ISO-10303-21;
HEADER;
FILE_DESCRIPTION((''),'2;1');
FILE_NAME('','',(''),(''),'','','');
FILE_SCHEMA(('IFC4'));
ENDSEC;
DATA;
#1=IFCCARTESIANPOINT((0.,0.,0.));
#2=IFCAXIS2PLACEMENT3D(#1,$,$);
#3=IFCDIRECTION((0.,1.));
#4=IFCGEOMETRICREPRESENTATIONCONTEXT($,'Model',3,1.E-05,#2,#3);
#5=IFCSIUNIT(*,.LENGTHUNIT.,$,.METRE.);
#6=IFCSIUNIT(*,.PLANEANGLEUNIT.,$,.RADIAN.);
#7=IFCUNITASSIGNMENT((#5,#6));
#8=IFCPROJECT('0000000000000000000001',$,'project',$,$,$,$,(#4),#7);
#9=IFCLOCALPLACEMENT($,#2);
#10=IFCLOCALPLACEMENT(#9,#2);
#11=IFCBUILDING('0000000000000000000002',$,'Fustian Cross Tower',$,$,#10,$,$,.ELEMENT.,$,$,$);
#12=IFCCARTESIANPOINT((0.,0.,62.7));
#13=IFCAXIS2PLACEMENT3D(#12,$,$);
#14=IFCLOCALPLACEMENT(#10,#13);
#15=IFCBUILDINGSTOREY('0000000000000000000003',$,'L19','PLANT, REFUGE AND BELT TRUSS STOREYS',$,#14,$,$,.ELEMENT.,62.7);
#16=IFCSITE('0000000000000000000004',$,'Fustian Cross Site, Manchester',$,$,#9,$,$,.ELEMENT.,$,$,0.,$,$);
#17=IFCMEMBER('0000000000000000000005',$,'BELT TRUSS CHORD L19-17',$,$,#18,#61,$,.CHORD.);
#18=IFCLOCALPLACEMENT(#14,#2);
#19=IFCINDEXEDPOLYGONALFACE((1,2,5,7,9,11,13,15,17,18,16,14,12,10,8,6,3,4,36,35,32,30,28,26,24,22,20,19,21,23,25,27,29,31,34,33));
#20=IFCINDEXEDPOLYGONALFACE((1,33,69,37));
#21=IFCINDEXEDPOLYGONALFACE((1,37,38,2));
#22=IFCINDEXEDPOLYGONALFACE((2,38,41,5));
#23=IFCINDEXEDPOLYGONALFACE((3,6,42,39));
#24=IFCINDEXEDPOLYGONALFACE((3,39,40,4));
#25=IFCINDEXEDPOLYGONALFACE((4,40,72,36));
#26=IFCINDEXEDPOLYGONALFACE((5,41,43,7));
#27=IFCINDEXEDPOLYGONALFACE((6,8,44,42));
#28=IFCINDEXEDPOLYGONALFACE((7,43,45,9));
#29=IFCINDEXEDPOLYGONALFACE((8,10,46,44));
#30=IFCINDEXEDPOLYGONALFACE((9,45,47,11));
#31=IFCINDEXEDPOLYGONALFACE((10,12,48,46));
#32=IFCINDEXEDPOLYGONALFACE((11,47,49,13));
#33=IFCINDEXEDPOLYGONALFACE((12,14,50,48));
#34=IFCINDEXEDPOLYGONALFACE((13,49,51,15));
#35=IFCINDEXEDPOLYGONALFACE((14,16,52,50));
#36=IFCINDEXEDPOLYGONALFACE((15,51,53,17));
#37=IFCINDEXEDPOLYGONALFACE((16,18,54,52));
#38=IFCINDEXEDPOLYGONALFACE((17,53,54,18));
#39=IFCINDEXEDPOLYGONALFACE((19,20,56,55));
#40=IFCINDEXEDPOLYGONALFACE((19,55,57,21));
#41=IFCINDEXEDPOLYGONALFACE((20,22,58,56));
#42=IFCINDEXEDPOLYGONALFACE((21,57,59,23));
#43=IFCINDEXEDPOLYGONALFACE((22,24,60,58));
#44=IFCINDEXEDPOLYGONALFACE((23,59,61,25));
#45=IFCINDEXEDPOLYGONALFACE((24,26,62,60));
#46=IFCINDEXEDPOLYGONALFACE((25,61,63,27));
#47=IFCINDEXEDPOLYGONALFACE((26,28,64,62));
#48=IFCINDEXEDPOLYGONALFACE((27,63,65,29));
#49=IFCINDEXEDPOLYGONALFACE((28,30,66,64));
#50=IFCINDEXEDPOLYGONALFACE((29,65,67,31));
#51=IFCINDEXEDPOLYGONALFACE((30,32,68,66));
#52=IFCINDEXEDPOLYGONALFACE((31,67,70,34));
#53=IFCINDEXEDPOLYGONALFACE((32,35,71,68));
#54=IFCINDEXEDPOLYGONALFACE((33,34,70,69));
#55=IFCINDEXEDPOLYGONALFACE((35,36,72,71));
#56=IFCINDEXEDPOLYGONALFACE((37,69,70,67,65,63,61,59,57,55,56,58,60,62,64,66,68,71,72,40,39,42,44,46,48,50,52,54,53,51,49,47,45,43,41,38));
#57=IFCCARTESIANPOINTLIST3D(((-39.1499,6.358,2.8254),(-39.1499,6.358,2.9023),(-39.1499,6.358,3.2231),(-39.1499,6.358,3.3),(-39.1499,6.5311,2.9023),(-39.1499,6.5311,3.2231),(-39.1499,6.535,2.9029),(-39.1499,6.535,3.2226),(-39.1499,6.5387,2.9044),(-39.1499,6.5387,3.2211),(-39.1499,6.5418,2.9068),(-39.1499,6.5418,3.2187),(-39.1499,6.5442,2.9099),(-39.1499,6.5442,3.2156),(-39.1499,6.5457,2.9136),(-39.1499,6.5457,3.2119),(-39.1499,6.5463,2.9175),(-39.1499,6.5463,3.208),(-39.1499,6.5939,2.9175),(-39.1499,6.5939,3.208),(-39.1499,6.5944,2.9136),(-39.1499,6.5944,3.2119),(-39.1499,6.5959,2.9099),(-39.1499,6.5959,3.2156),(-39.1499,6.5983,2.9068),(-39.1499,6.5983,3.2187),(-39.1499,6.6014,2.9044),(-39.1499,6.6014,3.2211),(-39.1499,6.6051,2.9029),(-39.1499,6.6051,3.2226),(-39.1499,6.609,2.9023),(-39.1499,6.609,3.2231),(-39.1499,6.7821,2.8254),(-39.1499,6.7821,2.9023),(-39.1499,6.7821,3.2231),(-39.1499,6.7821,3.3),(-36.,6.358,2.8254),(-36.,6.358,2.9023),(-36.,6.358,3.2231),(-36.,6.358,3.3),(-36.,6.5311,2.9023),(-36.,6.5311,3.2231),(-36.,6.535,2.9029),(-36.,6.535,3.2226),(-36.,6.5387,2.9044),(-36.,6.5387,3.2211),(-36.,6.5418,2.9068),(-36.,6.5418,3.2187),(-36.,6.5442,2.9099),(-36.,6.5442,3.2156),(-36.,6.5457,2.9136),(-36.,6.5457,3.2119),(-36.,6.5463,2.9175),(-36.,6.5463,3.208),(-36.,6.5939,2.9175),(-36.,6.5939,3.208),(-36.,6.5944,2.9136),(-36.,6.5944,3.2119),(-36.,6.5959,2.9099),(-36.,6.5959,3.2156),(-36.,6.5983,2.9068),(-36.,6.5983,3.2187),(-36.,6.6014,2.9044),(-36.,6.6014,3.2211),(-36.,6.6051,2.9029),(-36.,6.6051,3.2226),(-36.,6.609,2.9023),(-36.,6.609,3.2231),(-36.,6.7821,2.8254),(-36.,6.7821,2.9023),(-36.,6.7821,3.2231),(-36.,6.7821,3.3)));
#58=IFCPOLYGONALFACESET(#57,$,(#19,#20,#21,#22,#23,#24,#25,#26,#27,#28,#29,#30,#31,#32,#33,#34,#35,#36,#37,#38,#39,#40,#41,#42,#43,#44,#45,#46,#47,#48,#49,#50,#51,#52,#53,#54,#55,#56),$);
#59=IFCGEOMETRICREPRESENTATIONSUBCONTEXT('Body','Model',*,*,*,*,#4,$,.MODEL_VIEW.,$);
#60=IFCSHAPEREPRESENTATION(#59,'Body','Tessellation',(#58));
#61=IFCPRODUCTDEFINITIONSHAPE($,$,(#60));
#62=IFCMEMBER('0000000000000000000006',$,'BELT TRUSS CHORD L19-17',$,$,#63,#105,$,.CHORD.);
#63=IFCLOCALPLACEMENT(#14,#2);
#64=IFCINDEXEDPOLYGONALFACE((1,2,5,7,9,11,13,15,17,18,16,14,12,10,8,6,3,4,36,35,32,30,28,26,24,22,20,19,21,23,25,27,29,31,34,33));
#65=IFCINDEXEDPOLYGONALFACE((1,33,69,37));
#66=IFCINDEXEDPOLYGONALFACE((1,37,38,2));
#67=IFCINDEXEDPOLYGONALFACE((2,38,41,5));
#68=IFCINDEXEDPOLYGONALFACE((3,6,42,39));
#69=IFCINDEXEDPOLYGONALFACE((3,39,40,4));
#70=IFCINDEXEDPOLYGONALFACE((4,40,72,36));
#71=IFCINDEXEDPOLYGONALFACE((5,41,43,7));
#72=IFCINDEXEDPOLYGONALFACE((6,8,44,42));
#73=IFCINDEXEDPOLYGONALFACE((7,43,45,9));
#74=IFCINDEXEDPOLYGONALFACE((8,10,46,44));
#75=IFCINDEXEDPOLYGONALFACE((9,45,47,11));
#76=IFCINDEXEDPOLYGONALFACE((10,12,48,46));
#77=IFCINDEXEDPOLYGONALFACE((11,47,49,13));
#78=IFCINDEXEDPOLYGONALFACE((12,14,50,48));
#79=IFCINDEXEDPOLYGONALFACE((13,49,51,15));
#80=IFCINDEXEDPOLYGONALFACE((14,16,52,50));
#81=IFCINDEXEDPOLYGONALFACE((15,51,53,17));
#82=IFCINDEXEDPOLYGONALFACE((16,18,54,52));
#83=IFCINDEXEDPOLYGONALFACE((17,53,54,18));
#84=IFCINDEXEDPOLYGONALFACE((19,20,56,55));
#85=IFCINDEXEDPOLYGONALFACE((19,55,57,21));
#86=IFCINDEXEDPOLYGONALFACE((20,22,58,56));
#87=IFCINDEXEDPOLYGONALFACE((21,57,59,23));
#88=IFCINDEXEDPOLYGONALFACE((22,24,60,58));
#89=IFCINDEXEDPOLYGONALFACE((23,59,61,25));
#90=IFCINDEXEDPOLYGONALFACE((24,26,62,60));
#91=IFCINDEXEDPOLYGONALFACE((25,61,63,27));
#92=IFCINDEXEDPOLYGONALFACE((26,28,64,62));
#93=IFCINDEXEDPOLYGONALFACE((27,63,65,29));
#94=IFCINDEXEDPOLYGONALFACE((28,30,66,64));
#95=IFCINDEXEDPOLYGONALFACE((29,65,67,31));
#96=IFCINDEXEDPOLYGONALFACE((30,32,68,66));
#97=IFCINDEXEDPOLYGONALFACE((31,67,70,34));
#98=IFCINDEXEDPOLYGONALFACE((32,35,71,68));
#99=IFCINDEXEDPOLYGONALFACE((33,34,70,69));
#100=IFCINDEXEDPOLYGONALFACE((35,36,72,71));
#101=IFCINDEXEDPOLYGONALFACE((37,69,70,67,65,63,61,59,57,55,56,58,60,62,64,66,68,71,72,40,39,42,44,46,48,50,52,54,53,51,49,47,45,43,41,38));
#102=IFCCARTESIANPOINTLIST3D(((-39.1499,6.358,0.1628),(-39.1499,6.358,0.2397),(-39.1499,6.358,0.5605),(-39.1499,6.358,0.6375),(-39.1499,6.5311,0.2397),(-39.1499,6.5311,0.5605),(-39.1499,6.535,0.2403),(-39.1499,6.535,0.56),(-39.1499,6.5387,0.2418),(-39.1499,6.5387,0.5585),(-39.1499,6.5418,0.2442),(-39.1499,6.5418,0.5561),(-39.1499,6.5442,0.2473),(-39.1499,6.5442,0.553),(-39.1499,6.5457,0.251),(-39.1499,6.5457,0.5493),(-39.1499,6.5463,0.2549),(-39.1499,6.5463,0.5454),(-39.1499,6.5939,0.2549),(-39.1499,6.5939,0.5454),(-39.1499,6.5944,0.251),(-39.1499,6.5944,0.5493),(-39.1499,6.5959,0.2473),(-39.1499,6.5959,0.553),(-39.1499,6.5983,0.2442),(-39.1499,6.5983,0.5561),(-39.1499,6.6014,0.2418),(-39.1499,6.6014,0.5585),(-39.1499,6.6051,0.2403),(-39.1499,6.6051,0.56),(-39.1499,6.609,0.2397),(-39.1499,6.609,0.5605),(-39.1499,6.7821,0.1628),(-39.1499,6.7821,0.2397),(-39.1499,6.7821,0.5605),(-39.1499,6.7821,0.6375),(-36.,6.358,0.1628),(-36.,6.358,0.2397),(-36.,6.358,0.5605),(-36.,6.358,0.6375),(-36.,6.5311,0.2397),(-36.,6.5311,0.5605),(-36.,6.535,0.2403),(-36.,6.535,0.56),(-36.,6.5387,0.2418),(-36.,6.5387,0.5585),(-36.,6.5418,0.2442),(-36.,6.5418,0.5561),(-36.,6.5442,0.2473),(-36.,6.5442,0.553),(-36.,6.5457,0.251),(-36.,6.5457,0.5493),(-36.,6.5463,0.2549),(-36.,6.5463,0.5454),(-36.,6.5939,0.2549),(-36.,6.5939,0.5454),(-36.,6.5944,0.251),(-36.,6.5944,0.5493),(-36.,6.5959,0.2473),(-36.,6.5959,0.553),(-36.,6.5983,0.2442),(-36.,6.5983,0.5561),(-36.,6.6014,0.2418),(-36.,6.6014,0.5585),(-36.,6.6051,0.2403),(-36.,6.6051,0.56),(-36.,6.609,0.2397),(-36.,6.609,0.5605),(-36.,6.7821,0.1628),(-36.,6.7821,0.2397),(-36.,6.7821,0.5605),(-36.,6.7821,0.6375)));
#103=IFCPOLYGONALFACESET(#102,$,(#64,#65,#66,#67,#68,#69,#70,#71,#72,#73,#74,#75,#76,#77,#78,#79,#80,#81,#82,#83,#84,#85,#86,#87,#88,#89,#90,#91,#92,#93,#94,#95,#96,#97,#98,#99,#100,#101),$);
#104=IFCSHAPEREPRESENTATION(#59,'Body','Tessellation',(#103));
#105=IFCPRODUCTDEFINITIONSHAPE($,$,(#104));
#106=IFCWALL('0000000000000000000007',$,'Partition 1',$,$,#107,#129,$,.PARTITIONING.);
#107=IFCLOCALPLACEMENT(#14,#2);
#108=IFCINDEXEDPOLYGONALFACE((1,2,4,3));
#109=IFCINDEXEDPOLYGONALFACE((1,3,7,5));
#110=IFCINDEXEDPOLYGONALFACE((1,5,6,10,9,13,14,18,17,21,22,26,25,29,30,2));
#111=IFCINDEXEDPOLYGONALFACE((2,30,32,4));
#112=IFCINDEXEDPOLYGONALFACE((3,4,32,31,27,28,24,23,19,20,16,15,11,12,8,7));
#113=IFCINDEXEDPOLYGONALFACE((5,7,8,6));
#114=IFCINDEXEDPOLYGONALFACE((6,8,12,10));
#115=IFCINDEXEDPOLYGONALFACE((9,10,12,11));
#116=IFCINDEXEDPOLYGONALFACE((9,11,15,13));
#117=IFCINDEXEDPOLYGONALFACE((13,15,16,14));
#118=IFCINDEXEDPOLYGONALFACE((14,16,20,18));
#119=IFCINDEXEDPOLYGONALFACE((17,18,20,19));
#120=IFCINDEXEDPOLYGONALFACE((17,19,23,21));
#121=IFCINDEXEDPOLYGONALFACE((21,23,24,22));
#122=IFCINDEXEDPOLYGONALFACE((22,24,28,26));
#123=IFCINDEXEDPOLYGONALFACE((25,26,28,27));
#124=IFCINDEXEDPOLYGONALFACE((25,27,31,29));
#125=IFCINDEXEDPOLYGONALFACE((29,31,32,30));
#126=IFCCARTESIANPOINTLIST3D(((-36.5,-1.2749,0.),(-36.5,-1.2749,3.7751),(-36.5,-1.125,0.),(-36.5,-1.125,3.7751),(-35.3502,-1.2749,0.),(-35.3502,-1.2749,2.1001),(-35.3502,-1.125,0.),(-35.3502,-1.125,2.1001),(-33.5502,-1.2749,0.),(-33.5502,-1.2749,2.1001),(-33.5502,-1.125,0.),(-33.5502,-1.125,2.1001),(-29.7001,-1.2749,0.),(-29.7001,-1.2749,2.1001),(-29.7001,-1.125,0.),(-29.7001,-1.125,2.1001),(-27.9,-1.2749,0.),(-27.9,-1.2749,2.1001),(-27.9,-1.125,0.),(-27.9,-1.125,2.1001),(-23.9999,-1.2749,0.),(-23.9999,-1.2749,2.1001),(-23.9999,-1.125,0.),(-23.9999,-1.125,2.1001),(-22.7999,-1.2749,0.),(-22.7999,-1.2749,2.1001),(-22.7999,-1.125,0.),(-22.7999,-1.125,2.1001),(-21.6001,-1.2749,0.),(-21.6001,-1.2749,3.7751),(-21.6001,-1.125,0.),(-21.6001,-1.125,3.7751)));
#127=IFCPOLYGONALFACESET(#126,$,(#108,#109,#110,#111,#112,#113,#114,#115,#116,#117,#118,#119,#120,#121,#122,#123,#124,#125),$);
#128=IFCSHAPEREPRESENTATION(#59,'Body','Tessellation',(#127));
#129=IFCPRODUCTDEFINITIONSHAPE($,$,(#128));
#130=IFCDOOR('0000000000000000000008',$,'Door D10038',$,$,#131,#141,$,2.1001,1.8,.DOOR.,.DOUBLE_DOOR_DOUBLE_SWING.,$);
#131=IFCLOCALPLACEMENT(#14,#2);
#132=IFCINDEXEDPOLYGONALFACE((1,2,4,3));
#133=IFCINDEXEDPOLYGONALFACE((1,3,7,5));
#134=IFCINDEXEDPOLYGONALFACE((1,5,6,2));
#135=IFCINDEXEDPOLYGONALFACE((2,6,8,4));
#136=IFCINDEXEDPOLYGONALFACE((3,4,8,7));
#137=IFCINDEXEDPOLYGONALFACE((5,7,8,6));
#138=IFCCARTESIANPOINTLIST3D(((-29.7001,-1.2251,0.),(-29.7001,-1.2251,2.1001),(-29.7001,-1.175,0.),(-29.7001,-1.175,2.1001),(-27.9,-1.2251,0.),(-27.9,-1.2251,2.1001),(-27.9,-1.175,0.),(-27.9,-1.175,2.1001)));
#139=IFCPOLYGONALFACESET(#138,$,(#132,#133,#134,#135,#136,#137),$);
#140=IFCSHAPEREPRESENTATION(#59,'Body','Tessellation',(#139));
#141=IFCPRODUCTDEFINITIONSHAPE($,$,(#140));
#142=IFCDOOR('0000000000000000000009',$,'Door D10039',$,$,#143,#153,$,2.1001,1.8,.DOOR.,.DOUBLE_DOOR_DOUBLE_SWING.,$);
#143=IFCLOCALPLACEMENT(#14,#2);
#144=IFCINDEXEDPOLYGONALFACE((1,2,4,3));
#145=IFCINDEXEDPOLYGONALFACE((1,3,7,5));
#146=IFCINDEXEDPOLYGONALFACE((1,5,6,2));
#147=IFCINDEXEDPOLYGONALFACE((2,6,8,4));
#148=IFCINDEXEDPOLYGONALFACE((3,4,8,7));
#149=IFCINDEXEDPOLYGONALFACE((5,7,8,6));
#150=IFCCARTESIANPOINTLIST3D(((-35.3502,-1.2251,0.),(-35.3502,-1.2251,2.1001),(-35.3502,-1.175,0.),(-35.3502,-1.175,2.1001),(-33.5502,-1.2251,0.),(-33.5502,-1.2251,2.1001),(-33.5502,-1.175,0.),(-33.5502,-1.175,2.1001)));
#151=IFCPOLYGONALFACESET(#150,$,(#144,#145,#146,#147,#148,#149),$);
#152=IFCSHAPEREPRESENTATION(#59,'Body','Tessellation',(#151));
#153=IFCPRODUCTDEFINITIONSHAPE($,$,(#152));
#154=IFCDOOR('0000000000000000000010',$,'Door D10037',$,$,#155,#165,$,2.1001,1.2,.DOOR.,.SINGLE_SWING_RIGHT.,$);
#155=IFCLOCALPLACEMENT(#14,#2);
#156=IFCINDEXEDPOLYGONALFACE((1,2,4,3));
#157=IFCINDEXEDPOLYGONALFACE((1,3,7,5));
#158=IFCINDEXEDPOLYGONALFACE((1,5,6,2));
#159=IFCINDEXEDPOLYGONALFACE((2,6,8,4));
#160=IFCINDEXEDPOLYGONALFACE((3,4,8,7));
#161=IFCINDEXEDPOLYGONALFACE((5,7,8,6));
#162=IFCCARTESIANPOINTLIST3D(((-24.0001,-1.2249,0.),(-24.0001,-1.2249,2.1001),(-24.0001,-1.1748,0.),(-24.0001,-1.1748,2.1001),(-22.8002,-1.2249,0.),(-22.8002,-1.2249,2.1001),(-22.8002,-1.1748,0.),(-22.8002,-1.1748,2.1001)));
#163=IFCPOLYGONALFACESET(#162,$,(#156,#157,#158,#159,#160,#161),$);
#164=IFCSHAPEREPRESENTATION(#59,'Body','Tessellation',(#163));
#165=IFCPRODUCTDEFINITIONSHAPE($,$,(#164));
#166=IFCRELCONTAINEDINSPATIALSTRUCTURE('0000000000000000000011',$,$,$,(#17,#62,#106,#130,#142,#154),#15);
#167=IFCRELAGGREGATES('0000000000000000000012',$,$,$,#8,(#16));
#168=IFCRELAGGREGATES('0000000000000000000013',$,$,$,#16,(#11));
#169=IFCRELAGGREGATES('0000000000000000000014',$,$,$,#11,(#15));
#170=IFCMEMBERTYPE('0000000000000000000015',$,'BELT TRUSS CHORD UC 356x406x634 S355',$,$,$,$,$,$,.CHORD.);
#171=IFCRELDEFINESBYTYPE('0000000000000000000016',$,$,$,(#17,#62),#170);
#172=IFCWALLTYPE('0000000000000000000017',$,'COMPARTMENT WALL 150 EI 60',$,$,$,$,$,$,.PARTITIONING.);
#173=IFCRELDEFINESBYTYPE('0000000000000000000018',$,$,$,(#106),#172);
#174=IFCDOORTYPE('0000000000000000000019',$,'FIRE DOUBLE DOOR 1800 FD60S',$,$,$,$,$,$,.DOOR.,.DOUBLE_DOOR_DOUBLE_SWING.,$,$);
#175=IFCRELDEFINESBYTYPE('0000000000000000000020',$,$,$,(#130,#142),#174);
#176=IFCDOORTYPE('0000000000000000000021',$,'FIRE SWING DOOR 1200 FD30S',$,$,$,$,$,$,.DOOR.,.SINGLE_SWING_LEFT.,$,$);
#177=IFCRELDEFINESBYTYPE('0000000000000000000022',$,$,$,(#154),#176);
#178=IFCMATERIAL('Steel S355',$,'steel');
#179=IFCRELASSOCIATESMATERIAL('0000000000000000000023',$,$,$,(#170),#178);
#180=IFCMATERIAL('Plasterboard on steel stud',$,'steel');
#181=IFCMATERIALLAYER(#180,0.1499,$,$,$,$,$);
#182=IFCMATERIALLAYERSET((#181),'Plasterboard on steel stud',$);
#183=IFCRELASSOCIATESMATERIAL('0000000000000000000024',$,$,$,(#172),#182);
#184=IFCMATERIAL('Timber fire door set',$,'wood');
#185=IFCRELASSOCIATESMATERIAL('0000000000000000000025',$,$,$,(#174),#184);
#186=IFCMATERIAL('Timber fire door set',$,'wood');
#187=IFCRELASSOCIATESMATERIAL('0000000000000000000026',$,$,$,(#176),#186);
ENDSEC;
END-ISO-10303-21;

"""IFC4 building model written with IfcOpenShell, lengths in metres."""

from ifc_helpers import new_model, si_unit, direction, frame, frame_2d, origin, origin_2d, place, context, subcontext, project, spatial, rectangle, i_section, extrude, material, layer, layer_set, material_profile, profile_set, type_object, element, fill, save


model = new_model("IFC4")

# Units and contexts
model_context = context("Model", 3, precision=1e-05, world=origin(), true_north=direction((0.0, 1.0)))
body_context = subcontext(model_context, "Body", "Model", "MODEL_VIEW")
ifc_project = project(units=[si_unit("LENGTHUNIT", "METRE"), si_unit("PLANEANGLEUNIT", "RADIAN")], contexts=[model_context])

# Site, building, storey
site_placement = place(None, origin())
site = spatial("IfcSite", under=ifc_project, at=site_placement, Name="Fustian Cross Site, Manchester", CompositionType="ELEMENT", RefElevation=0.0)
building_placement = place(site_placement, origin())
building = spatial("IfcBuilding", under=site, at=building_placement, Name="Fustian Cross Tower", CompositionType="ELEMENT")
storey_placement = place(building_placement, frame((0.0, 0.0, 62.7)))
storey = spatial("IfcBuildingStorey", under=building, at=storey_placement, Name="L19", Description="PLANT, REFUGE AND BELT TRUSS STOREYS", CompositionType="ELEMENT", Elevation=62.7)

# Members
ifc_material_1 = material(Name="Steel S355", Category="steel")
ifc_material_profile_1 = material_profile(ifc_material_1, i_section(OverallWidth=0.4241, OverallDepth=0.4746, WebThickness=0.0476, FlangeThickness=0.0769, FilletRadius=0.0151, at=origin_2d()), Name="UC 356x406x634")
ifc_profile_set_1 = profile_set([ifc_material_profile_1], Name="Steel S355")
member_type_1 = type_object("IfcMemberType", Name="BELT TRUSS CHORD UC 356x406x634 S355", PredefinedType="CHORD", material=ifc_profile_set_1)
for number, where, z_axis, x_axis, name in (
    (1, (-36.0, 6.5701, 3.0627), (-1.0, 0.0, 0.0), (0.0, -1.0, 0.0), "BELT TRUSS CHORD L19-17"),
    (2, (-36.0, 6.5701, 0.4001), (-1.0, 0.0, 0.0), (0.0, -1.0, 0.0), "BELT TRUSS CHORD L19-17"),
):
    element("IfcMember", number, at=place(storey_placement, frame(where, z_axis=z_axis, x_axis=x_axis)), inside=storey, type_object=member_type_1, Name=name, PredefinedType="CHORD", context=body_context, shape_type="SweptSolid", body=[
        extrude(i_section(OverallWidth=0.4241, OverallDepth=0.4746, WebThickness=0.0476, FlangeThickness=0.0769, FilletRadius=0.0151, at=origin_2d()), origin(), (0.0, 0.0, 1.0), 3.1499),
    ])

# Wall, openings, doors
ifc_material_2 = material(Name="Plasterboard on steel stud", Category="steel")
ifc_layer_1 = layer(ifc_material_2, 0.1499)
ifc_layer_set_1 = layer_set([ifc_layer_1], Name="Plasterboard on steel stud")
wall_type_1 = type_object("IfcWallType", Name="COMPARTMENT WALL 150 EI 60", PredefinedType="PARTITIONING", material=ifc_layer_set_1)
wall_1_placement = place(storey_placement, frame((-36.5, -1.2, 0.0), z_axis=(0.0, 0.0, 1.0), x_axis=(1.0, 0.0, 0.0)))
wall_1 = element("IfcWall", 3, at=wall_1_placement, inside=storey, type_object=wall_type_1, Name="Partition 1", PredefinedType="PARTITIONING", context=body_context, shape_type="SweptSolid", body=[
    extrude(rectangle(XDim=14.8999, YDim=0.1499, at=frame_2d((7.45, 0.0))), origin(), (0.0, 0.0, 1.0), 3.7751),
])
opening_1_placement = place(wall_1_placement, frame((12.5, 0.0, 0.0)))
opening_1 = element("IfcOpeningElement", 4, at=opening_1_placement, cuts=wall_1, PredefinedType="OPENING", context=body_context, shape_type="SweptSolid", body=[
    extrude(rectangle(XDim=1.2, YDim=2.1001, at=frame_2d((0.6001, 1.05))), frame((0.0, 0.085, 0.0), z_axis=(0.0, -1.0, 0.0), x_axis=(1.0, 0.0, 0.0)), (0.0, 0.0, 1.0), 0.1699),
])
opening_2_placement = place(wall_1_placement, frame((6.8, 0.0, 0.0)))
opening_2 = element("IfcOpeningElement", 5, at=opening_2_placement, cuts=wall_1, PredefinedType="OPENING", context=body_context, shape_type="SweptSolid", body=[
    extrude(rectangle(XDim=1.8, YDim=2.1001, at=frame_2d((0.8999, 1.05))), frame((0.0, 0.085, 0.0), z_axis=(0.0, -1.0, 0.0), x_axis=(1.0, 0.0, 0.0)), (0.0, 0.0, 1.0), 0.1699),
])
opening_3_placement = place(wall_1_placement, frame((1.1499, 0.0, 0.0)))
opening_3 = element("IfcOpeningElement", 6, at=opening_3_placement, cuts=wall_1, PredefinedType="OPENING", context=body_context, shape_type="SweptSolid", body=[
    extrude(rectangle(XDim=1.8, YDim=2.1001, at=frame_2d((0.8999, 1.05))), frame((0.0, 0.085, 0.0), z_axis=(0.0, -1.0, 0.0), x_axis=(1.0, 0.0, 0.0)), (0.0, 0.0, 1.0), 0.1699),
])
ifc_material_3 = material(Name="Timber fire door set", Category="wood")
door_type_1 = type_object("IfcDoorType", Name="FIRE DOUBLE DOOR 1800 FD60S", OperationType="DOUBLE_DOOR_DOUBLE_SWING", PredefinedType="DOOR", material=ifc_material_3)
door_1_placement = place(opening_2_placement, origin())
door_1 = element("IfcDoor", 7, at=door_1_placement, inside=storey, type_object=door_type_1, Name="Door D10038", OperationType="DOUBLE_DOOR_DOUBLE_SWING", OverallHeight=2.1001, OverallWidth=1.8, PredefinedType="DOOR", context=body_context, shape_type="SweptSolid", body=[
    extrude(rectangle(XDim=1.8, YDim=2.1001, at=frame_2d((0.8999, 1.05))), frame((0.0, 0.0249, 0.0), z_axis=(0.0, -1.0, 0.0), x_axis=(1.0, 0.0, 0.0)), (0.0, 0.0, 1.0), 0.05),
])
fill(opening_2, door_1)
door_2_placement = place(opening_3_placement, origin())
door_2 = element("IfcDoor", 8, at=door_2_placement, inside=storey, type_object=door_type_1, Name="Door D10039", OperationType="DOUBLE_DOOR_DOUBLE_SWING", OverallHeight=2.1001, OverallWidth=1.8, PredefinedType="DOOR", context=body_context, shape_type="SweptSolid", body=[
    extrude(rectangle(XDim=1.8, YDim=2.1001, at=frame_2d((0.8999, 1.05))), frame((0.0, 0.0249, 0.0), z_axis=(0.0, -1.0, 0.0), x_axis=(1.0, 0.0, 0.0)), (0.0, 0.0, 1.0), 0.05),
])
fill(opening_3, door_2)
ifc_material_4 = material(Name="Timber fire door set", Category="wood")
door_type_2 = type_object("IfcDoorType", Name="FIRE SWING DOOR 1200 FD30S", OperationType="SINGLE_SWING_LEFT", PredefinedType="DOOR", material=ifc_material_4)
door_3_placement = place(opening_1_placement, frame((1.2, 0.0, 0.0), z_axis=(0.0, 0.0, 1.0), x_axis=(-1.0, 0.0, 0.0)))
door_3 = element("IfcDoor", 9, at=door_3_placement, inside=storey, type_object=door_type_2, Name="Door D10037", OperationType="SINGLE_SWING_RIGHT", OverallHeight=2.1001, OverallWidth=1.2, PredefinedType="DOOR", context=body_context, shape_type="SweptSolid", body=[
    extrude(rectangle(XDim=1.2, YDim=2.1001, at=frame_2d((0.6001, 1.05))), frame((0.0, 0.0249, 0.0), z_axis=(0.0, -1.0, 0.0), x_axis=(1.0, 0.0, 0.0)), (0.0, 0.0, 1.0), 0.05),
])
fill(opening_1, door_3)

save(model, "model.ifc")
